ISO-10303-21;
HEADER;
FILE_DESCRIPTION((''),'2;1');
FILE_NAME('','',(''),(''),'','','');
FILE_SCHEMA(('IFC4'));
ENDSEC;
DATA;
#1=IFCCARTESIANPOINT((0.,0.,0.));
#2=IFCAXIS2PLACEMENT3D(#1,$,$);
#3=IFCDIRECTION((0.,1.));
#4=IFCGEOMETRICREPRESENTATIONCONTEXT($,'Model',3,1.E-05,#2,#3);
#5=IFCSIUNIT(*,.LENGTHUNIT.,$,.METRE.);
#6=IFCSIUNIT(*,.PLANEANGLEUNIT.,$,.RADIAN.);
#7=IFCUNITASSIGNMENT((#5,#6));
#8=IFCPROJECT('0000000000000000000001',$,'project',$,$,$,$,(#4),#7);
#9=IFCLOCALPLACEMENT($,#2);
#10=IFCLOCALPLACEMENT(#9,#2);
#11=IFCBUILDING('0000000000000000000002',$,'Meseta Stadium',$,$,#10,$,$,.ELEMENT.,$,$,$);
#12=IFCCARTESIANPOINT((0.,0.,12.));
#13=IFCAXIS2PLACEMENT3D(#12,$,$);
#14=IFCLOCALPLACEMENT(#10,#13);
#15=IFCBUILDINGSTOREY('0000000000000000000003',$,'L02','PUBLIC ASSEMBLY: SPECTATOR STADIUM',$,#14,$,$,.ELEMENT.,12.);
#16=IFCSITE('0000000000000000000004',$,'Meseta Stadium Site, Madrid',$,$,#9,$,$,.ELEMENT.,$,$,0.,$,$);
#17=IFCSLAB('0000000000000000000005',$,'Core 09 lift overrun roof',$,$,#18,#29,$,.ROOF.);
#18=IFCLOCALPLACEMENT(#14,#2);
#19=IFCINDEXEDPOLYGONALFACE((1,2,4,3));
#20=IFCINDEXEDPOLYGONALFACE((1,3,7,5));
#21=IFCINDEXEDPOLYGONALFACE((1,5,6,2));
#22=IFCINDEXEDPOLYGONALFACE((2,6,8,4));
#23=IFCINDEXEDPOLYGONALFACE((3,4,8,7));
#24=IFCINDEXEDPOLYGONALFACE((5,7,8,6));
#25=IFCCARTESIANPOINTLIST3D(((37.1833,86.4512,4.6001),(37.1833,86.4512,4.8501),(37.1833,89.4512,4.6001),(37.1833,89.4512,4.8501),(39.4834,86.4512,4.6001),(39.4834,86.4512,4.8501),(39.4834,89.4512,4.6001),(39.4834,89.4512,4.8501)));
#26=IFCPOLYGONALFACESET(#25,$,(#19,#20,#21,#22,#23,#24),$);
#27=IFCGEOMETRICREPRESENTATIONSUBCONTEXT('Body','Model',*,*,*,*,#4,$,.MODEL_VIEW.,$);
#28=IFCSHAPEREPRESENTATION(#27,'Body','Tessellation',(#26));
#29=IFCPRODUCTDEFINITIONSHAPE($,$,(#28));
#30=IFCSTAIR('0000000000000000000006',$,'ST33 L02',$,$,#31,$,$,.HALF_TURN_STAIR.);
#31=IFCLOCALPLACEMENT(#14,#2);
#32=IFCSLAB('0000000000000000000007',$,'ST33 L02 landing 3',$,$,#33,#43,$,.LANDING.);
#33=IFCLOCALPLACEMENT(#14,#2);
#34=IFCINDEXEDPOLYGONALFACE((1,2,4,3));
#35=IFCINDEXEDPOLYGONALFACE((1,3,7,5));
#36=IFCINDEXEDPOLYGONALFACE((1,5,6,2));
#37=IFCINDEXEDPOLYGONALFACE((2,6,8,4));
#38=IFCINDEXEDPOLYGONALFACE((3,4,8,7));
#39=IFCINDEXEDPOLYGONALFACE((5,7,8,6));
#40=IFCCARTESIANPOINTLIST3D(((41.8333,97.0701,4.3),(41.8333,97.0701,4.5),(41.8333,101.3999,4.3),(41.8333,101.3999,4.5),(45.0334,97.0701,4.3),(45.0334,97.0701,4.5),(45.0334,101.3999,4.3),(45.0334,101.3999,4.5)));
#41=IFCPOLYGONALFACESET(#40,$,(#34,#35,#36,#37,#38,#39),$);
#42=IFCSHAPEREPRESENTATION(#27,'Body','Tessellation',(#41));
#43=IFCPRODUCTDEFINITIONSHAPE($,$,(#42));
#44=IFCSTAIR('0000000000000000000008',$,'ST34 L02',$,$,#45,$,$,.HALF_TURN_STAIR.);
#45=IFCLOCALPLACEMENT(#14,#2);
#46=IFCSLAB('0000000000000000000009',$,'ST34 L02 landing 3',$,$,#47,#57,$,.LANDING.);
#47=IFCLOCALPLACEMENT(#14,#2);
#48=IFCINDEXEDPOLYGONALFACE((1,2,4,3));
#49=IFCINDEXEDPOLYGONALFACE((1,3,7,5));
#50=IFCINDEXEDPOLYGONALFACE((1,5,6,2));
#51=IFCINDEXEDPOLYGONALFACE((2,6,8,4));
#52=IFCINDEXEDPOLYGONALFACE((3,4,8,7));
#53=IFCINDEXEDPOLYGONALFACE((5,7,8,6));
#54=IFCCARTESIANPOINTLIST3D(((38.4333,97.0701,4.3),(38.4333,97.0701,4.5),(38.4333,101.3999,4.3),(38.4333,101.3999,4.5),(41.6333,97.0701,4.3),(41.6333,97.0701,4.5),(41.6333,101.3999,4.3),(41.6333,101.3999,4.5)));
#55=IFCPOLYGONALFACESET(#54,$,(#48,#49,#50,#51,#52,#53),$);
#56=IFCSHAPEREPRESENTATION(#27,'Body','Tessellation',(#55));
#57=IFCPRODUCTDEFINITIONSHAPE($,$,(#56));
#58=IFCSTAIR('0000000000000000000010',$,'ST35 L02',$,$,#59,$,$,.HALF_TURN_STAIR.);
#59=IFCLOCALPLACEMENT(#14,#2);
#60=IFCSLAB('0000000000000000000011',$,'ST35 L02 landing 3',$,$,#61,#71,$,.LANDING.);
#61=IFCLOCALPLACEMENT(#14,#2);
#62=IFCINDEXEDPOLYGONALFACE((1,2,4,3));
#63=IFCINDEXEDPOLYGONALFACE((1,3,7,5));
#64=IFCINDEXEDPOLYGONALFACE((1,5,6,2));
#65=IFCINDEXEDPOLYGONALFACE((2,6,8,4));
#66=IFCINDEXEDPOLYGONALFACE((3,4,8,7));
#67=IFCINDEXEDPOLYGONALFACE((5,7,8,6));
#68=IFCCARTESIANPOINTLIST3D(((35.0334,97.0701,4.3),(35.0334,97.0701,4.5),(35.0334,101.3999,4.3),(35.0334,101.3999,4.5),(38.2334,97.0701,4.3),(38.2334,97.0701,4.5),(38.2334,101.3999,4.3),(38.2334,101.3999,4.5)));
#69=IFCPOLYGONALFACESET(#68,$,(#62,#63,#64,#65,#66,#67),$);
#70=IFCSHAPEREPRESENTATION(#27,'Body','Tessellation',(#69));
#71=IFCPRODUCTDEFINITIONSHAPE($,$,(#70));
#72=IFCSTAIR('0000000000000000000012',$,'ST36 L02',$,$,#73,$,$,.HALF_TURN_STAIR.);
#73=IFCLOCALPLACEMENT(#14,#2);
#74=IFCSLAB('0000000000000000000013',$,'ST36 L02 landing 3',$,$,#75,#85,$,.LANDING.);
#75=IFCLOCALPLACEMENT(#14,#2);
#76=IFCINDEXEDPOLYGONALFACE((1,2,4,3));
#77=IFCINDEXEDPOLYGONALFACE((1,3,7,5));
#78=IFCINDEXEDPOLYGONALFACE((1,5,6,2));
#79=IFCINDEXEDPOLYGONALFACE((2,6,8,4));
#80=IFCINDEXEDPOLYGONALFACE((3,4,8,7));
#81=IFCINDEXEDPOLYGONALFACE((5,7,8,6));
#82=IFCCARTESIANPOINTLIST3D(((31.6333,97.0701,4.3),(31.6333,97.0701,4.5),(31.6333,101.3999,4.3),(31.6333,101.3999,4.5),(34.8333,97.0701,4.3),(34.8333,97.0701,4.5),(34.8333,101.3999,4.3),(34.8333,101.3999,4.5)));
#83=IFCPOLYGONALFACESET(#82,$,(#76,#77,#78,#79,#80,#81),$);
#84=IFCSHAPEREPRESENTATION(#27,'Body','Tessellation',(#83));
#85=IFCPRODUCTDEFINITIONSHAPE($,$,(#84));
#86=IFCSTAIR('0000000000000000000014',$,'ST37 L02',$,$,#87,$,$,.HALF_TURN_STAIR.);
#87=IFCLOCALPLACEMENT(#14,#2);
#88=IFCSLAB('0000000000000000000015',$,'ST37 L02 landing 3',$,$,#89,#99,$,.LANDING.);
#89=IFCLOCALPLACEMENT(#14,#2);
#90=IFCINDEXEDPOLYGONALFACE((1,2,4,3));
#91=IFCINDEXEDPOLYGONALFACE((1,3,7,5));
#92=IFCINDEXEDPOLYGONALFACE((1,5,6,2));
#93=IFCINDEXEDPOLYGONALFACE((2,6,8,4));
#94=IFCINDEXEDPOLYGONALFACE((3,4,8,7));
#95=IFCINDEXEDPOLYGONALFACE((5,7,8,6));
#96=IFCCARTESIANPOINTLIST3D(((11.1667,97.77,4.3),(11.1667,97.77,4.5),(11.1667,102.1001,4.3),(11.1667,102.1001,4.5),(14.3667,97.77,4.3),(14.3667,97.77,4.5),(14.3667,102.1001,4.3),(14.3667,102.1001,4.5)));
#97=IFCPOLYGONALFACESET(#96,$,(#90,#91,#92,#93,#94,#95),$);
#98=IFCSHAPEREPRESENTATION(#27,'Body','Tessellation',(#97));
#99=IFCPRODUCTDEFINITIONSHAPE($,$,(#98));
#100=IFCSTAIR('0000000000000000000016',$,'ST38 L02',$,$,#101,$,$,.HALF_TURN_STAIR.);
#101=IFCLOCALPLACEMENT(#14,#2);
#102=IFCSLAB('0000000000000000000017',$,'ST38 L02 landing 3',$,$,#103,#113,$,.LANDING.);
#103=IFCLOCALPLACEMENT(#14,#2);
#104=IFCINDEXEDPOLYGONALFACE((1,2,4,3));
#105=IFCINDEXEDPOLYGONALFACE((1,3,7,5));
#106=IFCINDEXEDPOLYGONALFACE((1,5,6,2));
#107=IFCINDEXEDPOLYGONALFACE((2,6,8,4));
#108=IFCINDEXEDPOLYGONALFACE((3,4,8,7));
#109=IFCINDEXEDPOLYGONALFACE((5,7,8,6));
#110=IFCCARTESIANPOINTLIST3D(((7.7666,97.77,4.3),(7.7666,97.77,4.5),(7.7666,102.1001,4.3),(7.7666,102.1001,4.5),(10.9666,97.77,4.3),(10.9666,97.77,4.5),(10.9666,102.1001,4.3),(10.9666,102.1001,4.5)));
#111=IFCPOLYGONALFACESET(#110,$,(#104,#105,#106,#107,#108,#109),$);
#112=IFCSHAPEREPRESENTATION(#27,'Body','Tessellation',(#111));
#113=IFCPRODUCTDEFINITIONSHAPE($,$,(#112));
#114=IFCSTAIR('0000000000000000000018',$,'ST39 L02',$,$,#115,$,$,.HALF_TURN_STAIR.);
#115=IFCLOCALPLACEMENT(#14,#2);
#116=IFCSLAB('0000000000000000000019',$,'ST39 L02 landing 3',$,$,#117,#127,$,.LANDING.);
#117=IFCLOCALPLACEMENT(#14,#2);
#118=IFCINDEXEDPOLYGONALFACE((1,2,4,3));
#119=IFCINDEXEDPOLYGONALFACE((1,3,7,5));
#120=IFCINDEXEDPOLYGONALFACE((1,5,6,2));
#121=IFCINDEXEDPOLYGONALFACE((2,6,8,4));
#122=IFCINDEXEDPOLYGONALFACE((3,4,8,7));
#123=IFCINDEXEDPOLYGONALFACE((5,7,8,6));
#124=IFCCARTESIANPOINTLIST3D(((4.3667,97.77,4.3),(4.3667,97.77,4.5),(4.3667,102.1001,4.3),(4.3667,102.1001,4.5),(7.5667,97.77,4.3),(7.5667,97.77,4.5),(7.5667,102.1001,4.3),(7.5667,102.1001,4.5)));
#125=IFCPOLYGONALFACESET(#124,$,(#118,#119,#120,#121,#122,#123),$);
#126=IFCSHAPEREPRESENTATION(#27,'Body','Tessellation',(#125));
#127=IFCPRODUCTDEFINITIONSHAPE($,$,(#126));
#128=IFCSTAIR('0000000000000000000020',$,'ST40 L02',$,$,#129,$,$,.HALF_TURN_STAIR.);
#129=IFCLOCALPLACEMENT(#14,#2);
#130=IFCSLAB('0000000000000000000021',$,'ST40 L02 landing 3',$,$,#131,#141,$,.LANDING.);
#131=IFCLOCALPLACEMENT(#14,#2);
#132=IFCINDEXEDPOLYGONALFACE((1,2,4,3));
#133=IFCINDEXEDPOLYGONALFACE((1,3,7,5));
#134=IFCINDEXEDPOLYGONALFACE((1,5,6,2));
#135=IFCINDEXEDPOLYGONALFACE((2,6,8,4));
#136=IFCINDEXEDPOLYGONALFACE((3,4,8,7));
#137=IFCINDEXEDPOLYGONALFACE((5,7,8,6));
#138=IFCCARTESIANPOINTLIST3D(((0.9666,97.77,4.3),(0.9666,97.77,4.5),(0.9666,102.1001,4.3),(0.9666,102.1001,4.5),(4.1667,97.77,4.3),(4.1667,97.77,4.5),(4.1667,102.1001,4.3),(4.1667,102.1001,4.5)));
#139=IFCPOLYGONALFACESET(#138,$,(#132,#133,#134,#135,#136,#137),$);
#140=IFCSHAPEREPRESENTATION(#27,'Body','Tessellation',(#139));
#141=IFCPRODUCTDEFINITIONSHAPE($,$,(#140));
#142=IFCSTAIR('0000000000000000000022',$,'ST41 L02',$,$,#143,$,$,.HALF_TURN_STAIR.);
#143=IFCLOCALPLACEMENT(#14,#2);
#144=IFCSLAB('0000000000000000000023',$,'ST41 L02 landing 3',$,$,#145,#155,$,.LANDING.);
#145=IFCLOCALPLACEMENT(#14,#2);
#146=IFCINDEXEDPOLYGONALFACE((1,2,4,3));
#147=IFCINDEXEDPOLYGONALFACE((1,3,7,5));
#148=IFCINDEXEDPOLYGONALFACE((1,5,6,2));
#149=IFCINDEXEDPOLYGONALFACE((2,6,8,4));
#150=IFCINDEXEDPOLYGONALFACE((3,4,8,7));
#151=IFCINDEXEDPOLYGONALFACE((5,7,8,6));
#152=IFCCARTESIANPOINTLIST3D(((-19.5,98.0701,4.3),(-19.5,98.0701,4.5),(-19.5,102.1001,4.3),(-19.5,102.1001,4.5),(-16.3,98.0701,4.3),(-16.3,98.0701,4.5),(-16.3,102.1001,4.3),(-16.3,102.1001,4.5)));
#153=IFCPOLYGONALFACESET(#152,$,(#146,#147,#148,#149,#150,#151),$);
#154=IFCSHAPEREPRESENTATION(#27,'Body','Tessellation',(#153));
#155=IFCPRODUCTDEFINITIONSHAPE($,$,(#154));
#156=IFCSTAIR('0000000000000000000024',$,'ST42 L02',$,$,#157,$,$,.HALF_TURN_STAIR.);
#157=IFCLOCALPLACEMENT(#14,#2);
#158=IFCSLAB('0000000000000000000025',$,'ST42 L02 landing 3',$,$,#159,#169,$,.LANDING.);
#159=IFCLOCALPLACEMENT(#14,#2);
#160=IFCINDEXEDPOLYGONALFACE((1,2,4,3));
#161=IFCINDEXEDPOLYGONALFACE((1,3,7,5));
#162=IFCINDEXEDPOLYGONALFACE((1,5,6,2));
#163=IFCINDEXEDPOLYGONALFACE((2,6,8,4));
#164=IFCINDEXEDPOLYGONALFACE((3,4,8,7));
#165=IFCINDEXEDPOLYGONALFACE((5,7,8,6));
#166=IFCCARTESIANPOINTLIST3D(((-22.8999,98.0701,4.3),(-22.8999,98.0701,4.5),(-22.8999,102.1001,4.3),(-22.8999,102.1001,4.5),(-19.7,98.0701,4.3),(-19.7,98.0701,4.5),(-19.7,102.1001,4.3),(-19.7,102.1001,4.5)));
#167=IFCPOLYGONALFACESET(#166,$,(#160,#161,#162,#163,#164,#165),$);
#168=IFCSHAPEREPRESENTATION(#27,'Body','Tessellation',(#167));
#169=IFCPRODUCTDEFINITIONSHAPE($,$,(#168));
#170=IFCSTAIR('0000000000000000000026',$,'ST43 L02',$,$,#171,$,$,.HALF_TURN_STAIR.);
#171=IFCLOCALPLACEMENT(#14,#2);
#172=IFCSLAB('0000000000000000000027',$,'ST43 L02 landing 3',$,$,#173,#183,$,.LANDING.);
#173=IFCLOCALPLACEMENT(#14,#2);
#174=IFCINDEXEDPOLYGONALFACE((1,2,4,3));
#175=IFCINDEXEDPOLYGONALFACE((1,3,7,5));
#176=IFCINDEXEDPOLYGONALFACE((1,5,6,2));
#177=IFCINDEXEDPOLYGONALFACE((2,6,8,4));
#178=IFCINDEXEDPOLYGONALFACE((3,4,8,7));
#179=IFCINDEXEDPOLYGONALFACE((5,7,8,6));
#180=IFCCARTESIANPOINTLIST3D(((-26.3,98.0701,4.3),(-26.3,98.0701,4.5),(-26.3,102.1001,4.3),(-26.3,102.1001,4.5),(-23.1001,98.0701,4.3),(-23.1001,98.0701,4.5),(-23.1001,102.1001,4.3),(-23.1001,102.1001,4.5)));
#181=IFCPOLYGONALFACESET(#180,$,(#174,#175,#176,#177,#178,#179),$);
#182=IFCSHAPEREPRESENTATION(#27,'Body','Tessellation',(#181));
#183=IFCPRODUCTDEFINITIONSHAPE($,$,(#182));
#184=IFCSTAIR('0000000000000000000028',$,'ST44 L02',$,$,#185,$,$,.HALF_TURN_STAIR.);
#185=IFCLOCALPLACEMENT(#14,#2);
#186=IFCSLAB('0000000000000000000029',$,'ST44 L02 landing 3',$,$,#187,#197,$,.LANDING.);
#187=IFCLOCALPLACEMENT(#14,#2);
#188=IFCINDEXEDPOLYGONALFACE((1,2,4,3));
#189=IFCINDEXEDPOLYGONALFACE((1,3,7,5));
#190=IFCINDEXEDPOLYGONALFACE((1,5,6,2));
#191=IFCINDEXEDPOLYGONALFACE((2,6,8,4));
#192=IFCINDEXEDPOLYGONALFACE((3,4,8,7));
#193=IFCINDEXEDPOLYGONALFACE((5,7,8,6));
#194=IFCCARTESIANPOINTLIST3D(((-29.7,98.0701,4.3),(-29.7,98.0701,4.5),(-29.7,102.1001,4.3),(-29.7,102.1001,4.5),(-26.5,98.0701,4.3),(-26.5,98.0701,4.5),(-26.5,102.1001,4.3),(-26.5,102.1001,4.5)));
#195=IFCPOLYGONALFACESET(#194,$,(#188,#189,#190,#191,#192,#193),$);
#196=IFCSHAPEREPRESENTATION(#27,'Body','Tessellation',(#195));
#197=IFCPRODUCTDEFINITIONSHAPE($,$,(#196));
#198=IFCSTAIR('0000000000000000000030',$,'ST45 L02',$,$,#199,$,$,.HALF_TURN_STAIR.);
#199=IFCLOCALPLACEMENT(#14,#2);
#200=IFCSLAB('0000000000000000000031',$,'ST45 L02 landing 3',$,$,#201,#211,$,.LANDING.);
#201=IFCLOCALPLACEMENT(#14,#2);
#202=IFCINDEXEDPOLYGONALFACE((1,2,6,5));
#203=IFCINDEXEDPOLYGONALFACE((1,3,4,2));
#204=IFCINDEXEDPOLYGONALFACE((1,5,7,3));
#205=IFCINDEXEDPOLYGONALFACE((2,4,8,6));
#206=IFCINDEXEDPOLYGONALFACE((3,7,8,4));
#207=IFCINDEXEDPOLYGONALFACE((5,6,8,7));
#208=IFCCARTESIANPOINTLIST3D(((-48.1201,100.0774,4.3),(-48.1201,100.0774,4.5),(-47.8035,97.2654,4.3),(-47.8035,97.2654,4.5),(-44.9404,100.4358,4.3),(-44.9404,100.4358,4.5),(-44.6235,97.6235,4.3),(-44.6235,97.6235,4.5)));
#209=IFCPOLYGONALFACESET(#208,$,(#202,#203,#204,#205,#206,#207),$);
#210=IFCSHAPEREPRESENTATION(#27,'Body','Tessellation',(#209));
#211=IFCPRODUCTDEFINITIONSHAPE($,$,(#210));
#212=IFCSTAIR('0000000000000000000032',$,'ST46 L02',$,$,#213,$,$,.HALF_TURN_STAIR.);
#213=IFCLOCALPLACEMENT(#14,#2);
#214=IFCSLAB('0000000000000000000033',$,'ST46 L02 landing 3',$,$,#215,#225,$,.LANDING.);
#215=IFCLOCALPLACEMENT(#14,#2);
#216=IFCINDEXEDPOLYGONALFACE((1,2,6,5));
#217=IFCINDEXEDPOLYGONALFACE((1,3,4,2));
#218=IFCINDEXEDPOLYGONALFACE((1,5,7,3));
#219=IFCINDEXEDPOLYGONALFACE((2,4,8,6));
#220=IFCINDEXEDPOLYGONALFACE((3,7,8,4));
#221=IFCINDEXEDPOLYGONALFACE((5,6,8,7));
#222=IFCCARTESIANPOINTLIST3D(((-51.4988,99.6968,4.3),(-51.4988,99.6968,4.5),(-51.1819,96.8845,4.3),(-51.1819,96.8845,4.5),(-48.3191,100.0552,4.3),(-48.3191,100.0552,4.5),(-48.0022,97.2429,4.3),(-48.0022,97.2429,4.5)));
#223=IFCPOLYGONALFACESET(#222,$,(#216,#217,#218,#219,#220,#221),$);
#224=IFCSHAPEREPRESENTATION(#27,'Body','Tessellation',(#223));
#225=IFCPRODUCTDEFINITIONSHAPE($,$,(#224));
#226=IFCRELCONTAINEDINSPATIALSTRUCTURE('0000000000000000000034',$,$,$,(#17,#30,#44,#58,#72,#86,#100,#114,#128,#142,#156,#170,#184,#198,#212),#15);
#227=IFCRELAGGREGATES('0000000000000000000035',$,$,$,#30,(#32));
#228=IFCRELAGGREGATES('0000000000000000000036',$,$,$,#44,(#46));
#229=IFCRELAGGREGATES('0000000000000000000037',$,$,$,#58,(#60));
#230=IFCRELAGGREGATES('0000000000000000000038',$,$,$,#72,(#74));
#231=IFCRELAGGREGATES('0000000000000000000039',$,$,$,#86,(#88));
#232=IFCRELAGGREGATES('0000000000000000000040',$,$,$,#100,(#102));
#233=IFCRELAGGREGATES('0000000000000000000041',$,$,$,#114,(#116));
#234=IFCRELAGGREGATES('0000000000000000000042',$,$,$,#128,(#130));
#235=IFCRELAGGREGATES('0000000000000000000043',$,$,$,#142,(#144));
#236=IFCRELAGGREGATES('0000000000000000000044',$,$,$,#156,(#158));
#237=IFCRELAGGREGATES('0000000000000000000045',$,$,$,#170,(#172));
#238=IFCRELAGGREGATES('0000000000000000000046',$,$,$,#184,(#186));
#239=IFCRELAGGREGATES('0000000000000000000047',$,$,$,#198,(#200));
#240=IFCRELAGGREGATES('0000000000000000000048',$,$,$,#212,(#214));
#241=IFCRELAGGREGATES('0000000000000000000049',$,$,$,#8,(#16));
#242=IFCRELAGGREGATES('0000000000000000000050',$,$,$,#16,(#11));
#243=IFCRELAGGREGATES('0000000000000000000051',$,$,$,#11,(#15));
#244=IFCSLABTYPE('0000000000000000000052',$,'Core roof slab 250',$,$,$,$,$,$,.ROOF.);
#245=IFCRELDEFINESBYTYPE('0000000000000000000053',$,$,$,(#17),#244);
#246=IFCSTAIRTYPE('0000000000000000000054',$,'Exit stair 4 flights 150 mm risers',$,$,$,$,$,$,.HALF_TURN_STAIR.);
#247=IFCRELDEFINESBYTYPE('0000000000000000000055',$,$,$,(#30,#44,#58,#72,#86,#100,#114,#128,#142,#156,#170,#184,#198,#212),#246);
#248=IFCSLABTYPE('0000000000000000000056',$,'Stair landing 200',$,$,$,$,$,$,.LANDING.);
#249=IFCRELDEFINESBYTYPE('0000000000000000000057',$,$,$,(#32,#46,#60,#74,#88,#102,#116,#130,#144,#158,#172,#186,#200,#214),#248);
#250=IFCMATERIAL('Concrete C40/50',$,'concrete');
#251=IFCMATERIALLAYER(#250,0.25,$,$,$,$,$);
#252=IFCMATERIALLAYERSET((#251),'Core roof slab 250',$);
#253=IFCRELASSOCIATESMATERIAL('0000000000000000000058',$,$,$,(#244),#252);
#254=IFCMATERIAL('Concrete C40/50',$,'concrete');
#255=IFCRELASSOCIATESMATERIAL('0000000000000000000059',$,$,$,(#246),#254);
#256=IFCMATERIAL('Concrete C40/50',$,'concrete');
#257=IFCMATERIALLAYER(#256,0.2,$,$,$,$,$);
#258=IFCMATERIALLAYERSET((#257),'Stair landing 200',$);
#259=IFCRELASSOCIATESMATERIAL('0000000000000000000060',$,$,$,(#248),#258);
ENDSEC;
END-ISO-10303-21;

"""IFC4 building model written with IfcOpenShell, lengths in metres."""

from ifc_helpers import new_model, si_unit, direction, frame, origin, place, context, subcontext, project, spatial, polyline, outline, extrude, material, layer, layer_set, type_object, element, aggregate, save


model = new_model("IFC4")

# Units and contexts
model_context = context("Model", 3, precision=1e-05, world=origin(), true_north=direction((0.0, 1.0)))
body_context = subcontext(model_context, "Body", "Model", "MODEL_VIEW")
ifc_project = project(units=[si_unit("LENGTHUNIT", "METRE"), si_unit("PLANEANGLEUNIT", "RADIAN")], contexts=[model_context])

# Site, building, storey
site_placement = place(None, origin())
site = spatial("IfcSite", under=ifc_project, at=site_placement, Name="Meseta Stadium Site, Madrid", CompositionType="ELEMENT", RefElevation=0.0)
building_placement = place(site_placement, origin())
building = spatial("IfcBuilding", under=site, at=building_placement, Name="Meseta Stadium", CompositionType="ELEMENT")
storey_placement = place(building_placement, frame((0.0, 0.0, 12.0)))
storey = spatial("IfcBuildingStorey", under=building, at=storey_placement, Name="L02", Description="PUBLIC ASSEMBLY: SPECTATOR STADIUM", CompositionType="ELEMENT", Elevation=12.0)

# Slab
ifc_material_1 = material(Name="Concrete C40/50", Category="concrete")
ifc_layer_1 = layer(ifc_material_1, 0.25)
ifc_layer_set_1 = layer_set([ifc_layer_1], Name="Core roof slab 250")
slab_type_1 = type_object("IfcSlabType", Name="Core roof slab 250", PredefinedType="ROOF", material=ifc_layer_set_1)
slab_1_placement = place(storey_placement, frame((0.0, 0.0, 4.6001)))
element("IfcSlab", 1, at=slab_1_placement, inside=storey, type_object=slab_type_1, Name="Core 09 lift overrun roof", PredefinedType="ROOF", context=body_context, shape_type="SweptSolid", body=[
    extrude(outline(polyline([(39.4834, 89.4512), (39.4834, 86.4512), (37.1833, 86.4512), (37.1833, 89.4512), (39.4834, 89.4512)])), origin(), (0.0, 0.0, 1.0), 0.25),
])

# Stairs, slabs
ifc_material_2 = material(Name="Concrete C40/50", Category="concrete")
stair_type = type_object("IfcStairType", Name="Exit stair 4 flights 150 mm risers", PredefinedType="HALF_TURN_STAIR", material=ifc_material_2)
stair_1_placement = place(storey_placement, origin())
stair_1 = element("IfcStair", 2, at=stair_1_placement, inside=storey, type_object=stair_type, Name="ST33 L02", PredefinedType="HALF_TURN_STAIR")
ifc_material_3 = material(Name="Concrete C40/50", Category="concrete")
ifc_layer_2 = layer(ifc_material_3, 0.2)
ifc_layer_set_2 = layer_set([ifc_layer_2], Name="Stair landing 200")
slab_type_2 = type_object("IfcSlabType", Name="Stair landing 200", PredefinedType="LANDING", material=ifc_layer_set_2)
slab_2_placement = place(storey_placement, frame((0.0, 0.0, 4.3)))
slab_2 = element("IfcSlab", 3, at=slab_2_placement, type_object=slab_type_2, Name="ST33 L02 landing 3", PredefinedType="LANDING", context=body_context, shape_type="SweptSolid", body=[
    extrude(outline(polyline([(45.0334, 97.0701), (45.0334, 101.3999), (41.8333, 101.3999), (41.8333, 97.0701), (45.0334, 97.0701)])), origin(), (0.0, 0.0, 1.0), 0.2),
])
aggregate(stair_1, [slab_2])
stair_2_placement = place(storey_placement, origin())
stair_2 = element("IfcStair", 4, at=stair_2_placement, inside=storey, type_object=stair_type, Name="ST34 L02", PredefinedType="HALF_TURN_STAIR")
slab_3_placement = place(storey_placement, frame((0.0, 0.0, 4.3)))
slab_3 = element("IfcSlab", 5, at=slab_3_placement, type_object=slab_type_2, Name="ST34 L02 landing 3", PredefinedType="LANDING", context=body_context, shape_type="SweptSolid", body=[
    extrude(outline(polyline([(41.6333, 97.0701), (41.6333, 101.3999), (38.4333, 101.3999), (38.4333, 97.0701), (41.6333, 97.0701)])), origin(), (0.0, 0.0, 1.0), 0.2),
])
aggregate(stair_2, [slab_3])
stair_3_placement = place(storey_placement, origin())
stair_3 = element("IfcStair", 6, at=stair_3_placement, inside=storey, type_object=stair_type, Name="ST35 L02", PredefinedType="HALF_TURN_STAIR")
slab_4_placement = place(storey_placement, frame((0.0, 0.0, 4.3)))
slab_4 = element("IfcSlab", 7, at=slab_4_placement, type_object=slab_type_2, Name="ST35 L02 landing 3", PredefinedType="LANDING", context=body_context, shape_type="SweptSolid", body=[
    extrude(outline(polyline([(38.2334, 97.0701), (38.2334, 101.3999), (35.0334, 101.3999), (35.0334, 97.0701), (38.2334, 97.0701)])), origin(), (0.0, 0.0, 1.0), 0.2),
])
aggregate(stair_3, [slab_4])
stair_4_placement = place(storey_placement, origin())
stair_4 = element("IfcStair", 8, at=stair_4_placement, inside=storey, type_object=stair_type, Name="ST36 L02", PredefinedType="HALF_TURN_STAIR")
slab_5_placement = place(storey_placement, frame((0.0, 0.0, 4.3)))
slab_5 = element("IfcSlab", 9, at=slab_5_placement, type_object=slab_type_2, Name="ST36 L02 landing 3", PredefinedType="LANDING", context=body_context, shape_type="SweptSolid", body=[
    extrude(outline(polyline([(34.8333, 97.0701), (34.8333, 101.3999), (31.6333, 101.3999), (31.6333, 97.0701), (34.8333, 97.0701)])), origin(), (0.0, 0.0, 1.0), 0.2),
])
aggregate(stair_4, [slab_5])
stair_5_placement = place(storey_placement, origin())
stair_5 = element("IfcStair", 10, at=stair_5_placement, inside=storey, type_object=stair_type, Name="ST37 L02", PredefinedType="HALF_TURN_STAIR")
slab_6_placement = place(storey_placement, frame((0.0, 0.0, 4.3)))
slab_6 = element("IfcSlab", 11, at=slab_6_placement, type_object=slab_type_2, Name="ST37 L02 landing 3", PredefinedType="LANDING", context=body_context, shape_type="SweptSolid", body=[
    extrude(outline(polyline([(14.3667, 97.77), (14.3667, 102.1001), (11.1667, 102.1001), (11.1667, 97.77), (14.3667, 97.77)])), origin(), (0.0, 0.0, 1.0), 0.2),
])
aggregate(stair_5, [slab_6])
stair_6_placement = place(storey_placement, origin())
stair_6 = element("IfcStair", 12, at=stair_6_placement, inside=storey, type_object=stair_type, Name="ST38 L02", PredefinedType="HALF_TURN_STAIR")
slab_7_placement = place(storey_placement, frame((0.0, 0.0, 4.3)))
slab_7 = element("IfcSlab", 13, at=slab_7_placement, type_object=slab_type_2, Name="ST38 L02 landing 3", PredefinedType="LANDING", context=body_context, shape_type="SweptSolid", body=[
    extrude(outline(polyline([(10.9666, 97.77), (10.9666, 102.1001), (7.7666, 102.1001), (7.7666, 97.77), (10.9666, 97.77)])), origin(), (0.0, 0.0, 1.0), 0.2),
])
aggregate(stair_6, [slab_7])
stair_7_placement = place(storey_placement, origin())
stair_7 = element("IfcStair", 14, at=stair_7_placement, inside=storey, type_object=stair_type, Name="ST39 L02", PredefinedType="HALF_TURN_STAIR")
slab_8_placement = place(storey_placement, frame((0.0, 0.0, 4.3)))
slab_8 = element("IfcSlab", 15, at=slab_8_placement, type_object=slab_type_2, Name="ST39 L02 landing 3", PredefinedType="LANDING", context=body_context, shape_type="SweptSolid", body=[
    extrude(outline(polyline([(7.5667, 97.77), (7.5667, 102.1001), (4.3667, 102.1001), (4.3667, 97.77), (7.5667, 97.77)])), origin(), (0.0, 0.0, 1.0), 0.2),
])
aggregate(stair_7, [slab_8])
stair_8_placement = place(storey_placement, origin())
stair_8 = element("IfcStair", 16, at=stair_8_placement, inside=storey, type_object=stair_type, Name="ST40 L02", PredefinedType="HALF_TURN_STAIR")
slab_9_placement = place(storey_placement, frame((0.0, 0.0, 4.3)))
slab_9 = element("IfcSlab", 17, at=slab_9_placement, type_object=slab_type_2, Name="ST40 L02 landing 3", PredefinedType="LANDING", context=body_context, shape_type="SweptSolid", body=[
    extrude(outline(polyline([(4.1667, 97.77), (4.1667, 102.1001), (0.9666, 102.1001), (0.9666, 97.77), (4.1667, 97.77)])), origin(), (0.0, 0.0, 1.0), 0.2),
])
aggregate(stair_8, [slab_9])
stair_9_placement = place(storey_placement, origin())
stair_9 = element("IfcStair", 18, at=stair_9_placement, inside=storey, type_object=stair_type, Name="ST41 L02", PredefinedType="HALF_TURN_STAIR")
slab_10_placement = place(storey_placement, frame((0.0, 0.0, 4.3)))
slab_10 = element("IfcSlab", 19, at=slab_10_placement, type_object=slab_type_2, Name="ST41 L02 landing 3", PredefinedType="LANDING", context=body_context, shape_type="SweptSolid", body=[
    extrude(outline(polyline([(-16.3, 98.0701), (-16.3, 102.1001), (-19.5, 102.1001), (-19.5, 98.0701), (-16.3, 98.0701)])), origin(), (0.0, 0.0, 1.0), 0.2),
])
aggregate(stair_9, [slab_10])
stair_10_placement = place(storey_placement, origin())
stair_10 = element("IfcStair", 20, at=stair_10_placement, inside=storey, type_object=stair_type, Name="ST42 L02", PredefinedType="HALF_TURN_STAIR")
slab_11_placement = place(storey_placement, frame((0.0, 0.0, 4.3)))
slab_11 = element("IfcSlab", 21, at=slab_11_placement, type_object=slab_type_2, Name="ST42 L02 landing 3", PredefinedType="LANDING", context=body_context, shape_type="SweptSolid", body=[
    extrude(outline(polyline([(-19.7, 98.0701), (-19.7, 102.1001), (-22.8999, 102.1001), (-22.8999, 98.0701), (-19.7, 98.0701)])), origin(), (0.0, 0.0, 1.0), 0.2),
])
aggregate(stair_10, [slab_11])
stair_11_placement = place(storey_placement, origin())
stair_11 = element("IfcStair", 22, at=stair_11_placement, inside=storey, type_object=stair_type, Name="ST43 L02", PredefinedType="HALF_TURN_STAIR")
slab_12_placement = place(storey_placement, frame((0.0, 0.0, 4.3)))
slab_12 = element("IfcSlab", 23, at=slab_12_placement, type_object=slab_type_2, Name="ST43 L02 landing 3", PredefinedType="LANDING", context=body_context, shape_type="SweptSolid", body=[
    extrude(outline(polyline([(-23.1001, 98.0701), (-23.1001, 102.1001), (-26.3, 102.1001), (-26.3, 98.0701), (-23.1001, 98.0701)])), origin(), (0.0, 0.0, 1.0), 0.2),
])
aggregate(stair_11, [slab_12])
stair_12_placement = place(storey_placement, origin())
stair_12 = element("IfcStair", 24, at=stair_12_placement, inside=storey, type_object=stair_type, Name="ST44 L02", PredefinedType="HALF_TURN_STAIR")
slab_13_placement = place(storey_placement, frame((0.0, 0.0, 4.3)))
slab_13 = element("IfcSlab", 25, at=slab_13_placement, type_object=slab_type_2, Name="ST44 L02 landing 3", PredefinedType="LANDING", context=body_context, shape_type="SweptSolid", body=[
    extrude(outline(polyline([(-26.5, 98.0701), (-26.5, 102.1001), (-29.7, 102.1001), (-29.7, 98.0701), (-26.5, 98.0701)])), origin(), (0.0, 0.0, 1.0), 0.2),
])
aggregate(stair_12, [slab_13])
stair_13_placement = place(storey_placement, origin())
stair_13 = element("IfcStair", 26, at=stair_13_placement, inside=storey, type_object=stair_type, Name="ST45 L02", PredefinedType="HALF_TURN_STAIR")
slab_14_placement = place(storey_placement, frame((0.0, 0.0, 4.3)))
slab_14 = element("IfcSlab", 27, at=slab_14_placement, type_object=slab_type_2, Name="ST45 L02 landing 3", PredefinedType="LANDING", context=body_context, shape_type="SweptSolid", body=[
    extrude(outline(polyline([(-44.6235, 97.6235), (-44.9404, 100.4358), (-48.1201, 100.0774), (-47.8035, 97.2654), (-44.6235, 97.6235)])), origin(), (0.0, 0.0, 1.0), 0.2),
])
aggregate(stair_13, [slab_14])
stair_14_placement = place(storey_placement, origin())
stair_14 = element("IfcStair", 28, at=stair_14_placement, inside=storey, type_object=stair_type, Name="ST46 L02", PredefinedType="HALF_TURN_STAIR")
slab_15_placement = place(storey_placement, frame((0.0, 0.0, 4.3)))
slab_15 = element("IfcSlab", 29, at=slab_15_placement, type_object=slab_type_2, Name="ST46 L02 landing 3", PredefinedType="LANDING", context=body_context, shape_type="SweptSolid", body=[
    extrude(outline(polyline([(-48.0022, 97.2429), (-48.3191, 100.0552), (-51.4988, 99.6968), (-51.1819, 96.8845), (-48.0022, 97.2429)])), origin(), (0.0, 0.0, 1.0), 0.2),
])
aggregate(stair_14, [slab_15])

save(model, "model.ifc")
